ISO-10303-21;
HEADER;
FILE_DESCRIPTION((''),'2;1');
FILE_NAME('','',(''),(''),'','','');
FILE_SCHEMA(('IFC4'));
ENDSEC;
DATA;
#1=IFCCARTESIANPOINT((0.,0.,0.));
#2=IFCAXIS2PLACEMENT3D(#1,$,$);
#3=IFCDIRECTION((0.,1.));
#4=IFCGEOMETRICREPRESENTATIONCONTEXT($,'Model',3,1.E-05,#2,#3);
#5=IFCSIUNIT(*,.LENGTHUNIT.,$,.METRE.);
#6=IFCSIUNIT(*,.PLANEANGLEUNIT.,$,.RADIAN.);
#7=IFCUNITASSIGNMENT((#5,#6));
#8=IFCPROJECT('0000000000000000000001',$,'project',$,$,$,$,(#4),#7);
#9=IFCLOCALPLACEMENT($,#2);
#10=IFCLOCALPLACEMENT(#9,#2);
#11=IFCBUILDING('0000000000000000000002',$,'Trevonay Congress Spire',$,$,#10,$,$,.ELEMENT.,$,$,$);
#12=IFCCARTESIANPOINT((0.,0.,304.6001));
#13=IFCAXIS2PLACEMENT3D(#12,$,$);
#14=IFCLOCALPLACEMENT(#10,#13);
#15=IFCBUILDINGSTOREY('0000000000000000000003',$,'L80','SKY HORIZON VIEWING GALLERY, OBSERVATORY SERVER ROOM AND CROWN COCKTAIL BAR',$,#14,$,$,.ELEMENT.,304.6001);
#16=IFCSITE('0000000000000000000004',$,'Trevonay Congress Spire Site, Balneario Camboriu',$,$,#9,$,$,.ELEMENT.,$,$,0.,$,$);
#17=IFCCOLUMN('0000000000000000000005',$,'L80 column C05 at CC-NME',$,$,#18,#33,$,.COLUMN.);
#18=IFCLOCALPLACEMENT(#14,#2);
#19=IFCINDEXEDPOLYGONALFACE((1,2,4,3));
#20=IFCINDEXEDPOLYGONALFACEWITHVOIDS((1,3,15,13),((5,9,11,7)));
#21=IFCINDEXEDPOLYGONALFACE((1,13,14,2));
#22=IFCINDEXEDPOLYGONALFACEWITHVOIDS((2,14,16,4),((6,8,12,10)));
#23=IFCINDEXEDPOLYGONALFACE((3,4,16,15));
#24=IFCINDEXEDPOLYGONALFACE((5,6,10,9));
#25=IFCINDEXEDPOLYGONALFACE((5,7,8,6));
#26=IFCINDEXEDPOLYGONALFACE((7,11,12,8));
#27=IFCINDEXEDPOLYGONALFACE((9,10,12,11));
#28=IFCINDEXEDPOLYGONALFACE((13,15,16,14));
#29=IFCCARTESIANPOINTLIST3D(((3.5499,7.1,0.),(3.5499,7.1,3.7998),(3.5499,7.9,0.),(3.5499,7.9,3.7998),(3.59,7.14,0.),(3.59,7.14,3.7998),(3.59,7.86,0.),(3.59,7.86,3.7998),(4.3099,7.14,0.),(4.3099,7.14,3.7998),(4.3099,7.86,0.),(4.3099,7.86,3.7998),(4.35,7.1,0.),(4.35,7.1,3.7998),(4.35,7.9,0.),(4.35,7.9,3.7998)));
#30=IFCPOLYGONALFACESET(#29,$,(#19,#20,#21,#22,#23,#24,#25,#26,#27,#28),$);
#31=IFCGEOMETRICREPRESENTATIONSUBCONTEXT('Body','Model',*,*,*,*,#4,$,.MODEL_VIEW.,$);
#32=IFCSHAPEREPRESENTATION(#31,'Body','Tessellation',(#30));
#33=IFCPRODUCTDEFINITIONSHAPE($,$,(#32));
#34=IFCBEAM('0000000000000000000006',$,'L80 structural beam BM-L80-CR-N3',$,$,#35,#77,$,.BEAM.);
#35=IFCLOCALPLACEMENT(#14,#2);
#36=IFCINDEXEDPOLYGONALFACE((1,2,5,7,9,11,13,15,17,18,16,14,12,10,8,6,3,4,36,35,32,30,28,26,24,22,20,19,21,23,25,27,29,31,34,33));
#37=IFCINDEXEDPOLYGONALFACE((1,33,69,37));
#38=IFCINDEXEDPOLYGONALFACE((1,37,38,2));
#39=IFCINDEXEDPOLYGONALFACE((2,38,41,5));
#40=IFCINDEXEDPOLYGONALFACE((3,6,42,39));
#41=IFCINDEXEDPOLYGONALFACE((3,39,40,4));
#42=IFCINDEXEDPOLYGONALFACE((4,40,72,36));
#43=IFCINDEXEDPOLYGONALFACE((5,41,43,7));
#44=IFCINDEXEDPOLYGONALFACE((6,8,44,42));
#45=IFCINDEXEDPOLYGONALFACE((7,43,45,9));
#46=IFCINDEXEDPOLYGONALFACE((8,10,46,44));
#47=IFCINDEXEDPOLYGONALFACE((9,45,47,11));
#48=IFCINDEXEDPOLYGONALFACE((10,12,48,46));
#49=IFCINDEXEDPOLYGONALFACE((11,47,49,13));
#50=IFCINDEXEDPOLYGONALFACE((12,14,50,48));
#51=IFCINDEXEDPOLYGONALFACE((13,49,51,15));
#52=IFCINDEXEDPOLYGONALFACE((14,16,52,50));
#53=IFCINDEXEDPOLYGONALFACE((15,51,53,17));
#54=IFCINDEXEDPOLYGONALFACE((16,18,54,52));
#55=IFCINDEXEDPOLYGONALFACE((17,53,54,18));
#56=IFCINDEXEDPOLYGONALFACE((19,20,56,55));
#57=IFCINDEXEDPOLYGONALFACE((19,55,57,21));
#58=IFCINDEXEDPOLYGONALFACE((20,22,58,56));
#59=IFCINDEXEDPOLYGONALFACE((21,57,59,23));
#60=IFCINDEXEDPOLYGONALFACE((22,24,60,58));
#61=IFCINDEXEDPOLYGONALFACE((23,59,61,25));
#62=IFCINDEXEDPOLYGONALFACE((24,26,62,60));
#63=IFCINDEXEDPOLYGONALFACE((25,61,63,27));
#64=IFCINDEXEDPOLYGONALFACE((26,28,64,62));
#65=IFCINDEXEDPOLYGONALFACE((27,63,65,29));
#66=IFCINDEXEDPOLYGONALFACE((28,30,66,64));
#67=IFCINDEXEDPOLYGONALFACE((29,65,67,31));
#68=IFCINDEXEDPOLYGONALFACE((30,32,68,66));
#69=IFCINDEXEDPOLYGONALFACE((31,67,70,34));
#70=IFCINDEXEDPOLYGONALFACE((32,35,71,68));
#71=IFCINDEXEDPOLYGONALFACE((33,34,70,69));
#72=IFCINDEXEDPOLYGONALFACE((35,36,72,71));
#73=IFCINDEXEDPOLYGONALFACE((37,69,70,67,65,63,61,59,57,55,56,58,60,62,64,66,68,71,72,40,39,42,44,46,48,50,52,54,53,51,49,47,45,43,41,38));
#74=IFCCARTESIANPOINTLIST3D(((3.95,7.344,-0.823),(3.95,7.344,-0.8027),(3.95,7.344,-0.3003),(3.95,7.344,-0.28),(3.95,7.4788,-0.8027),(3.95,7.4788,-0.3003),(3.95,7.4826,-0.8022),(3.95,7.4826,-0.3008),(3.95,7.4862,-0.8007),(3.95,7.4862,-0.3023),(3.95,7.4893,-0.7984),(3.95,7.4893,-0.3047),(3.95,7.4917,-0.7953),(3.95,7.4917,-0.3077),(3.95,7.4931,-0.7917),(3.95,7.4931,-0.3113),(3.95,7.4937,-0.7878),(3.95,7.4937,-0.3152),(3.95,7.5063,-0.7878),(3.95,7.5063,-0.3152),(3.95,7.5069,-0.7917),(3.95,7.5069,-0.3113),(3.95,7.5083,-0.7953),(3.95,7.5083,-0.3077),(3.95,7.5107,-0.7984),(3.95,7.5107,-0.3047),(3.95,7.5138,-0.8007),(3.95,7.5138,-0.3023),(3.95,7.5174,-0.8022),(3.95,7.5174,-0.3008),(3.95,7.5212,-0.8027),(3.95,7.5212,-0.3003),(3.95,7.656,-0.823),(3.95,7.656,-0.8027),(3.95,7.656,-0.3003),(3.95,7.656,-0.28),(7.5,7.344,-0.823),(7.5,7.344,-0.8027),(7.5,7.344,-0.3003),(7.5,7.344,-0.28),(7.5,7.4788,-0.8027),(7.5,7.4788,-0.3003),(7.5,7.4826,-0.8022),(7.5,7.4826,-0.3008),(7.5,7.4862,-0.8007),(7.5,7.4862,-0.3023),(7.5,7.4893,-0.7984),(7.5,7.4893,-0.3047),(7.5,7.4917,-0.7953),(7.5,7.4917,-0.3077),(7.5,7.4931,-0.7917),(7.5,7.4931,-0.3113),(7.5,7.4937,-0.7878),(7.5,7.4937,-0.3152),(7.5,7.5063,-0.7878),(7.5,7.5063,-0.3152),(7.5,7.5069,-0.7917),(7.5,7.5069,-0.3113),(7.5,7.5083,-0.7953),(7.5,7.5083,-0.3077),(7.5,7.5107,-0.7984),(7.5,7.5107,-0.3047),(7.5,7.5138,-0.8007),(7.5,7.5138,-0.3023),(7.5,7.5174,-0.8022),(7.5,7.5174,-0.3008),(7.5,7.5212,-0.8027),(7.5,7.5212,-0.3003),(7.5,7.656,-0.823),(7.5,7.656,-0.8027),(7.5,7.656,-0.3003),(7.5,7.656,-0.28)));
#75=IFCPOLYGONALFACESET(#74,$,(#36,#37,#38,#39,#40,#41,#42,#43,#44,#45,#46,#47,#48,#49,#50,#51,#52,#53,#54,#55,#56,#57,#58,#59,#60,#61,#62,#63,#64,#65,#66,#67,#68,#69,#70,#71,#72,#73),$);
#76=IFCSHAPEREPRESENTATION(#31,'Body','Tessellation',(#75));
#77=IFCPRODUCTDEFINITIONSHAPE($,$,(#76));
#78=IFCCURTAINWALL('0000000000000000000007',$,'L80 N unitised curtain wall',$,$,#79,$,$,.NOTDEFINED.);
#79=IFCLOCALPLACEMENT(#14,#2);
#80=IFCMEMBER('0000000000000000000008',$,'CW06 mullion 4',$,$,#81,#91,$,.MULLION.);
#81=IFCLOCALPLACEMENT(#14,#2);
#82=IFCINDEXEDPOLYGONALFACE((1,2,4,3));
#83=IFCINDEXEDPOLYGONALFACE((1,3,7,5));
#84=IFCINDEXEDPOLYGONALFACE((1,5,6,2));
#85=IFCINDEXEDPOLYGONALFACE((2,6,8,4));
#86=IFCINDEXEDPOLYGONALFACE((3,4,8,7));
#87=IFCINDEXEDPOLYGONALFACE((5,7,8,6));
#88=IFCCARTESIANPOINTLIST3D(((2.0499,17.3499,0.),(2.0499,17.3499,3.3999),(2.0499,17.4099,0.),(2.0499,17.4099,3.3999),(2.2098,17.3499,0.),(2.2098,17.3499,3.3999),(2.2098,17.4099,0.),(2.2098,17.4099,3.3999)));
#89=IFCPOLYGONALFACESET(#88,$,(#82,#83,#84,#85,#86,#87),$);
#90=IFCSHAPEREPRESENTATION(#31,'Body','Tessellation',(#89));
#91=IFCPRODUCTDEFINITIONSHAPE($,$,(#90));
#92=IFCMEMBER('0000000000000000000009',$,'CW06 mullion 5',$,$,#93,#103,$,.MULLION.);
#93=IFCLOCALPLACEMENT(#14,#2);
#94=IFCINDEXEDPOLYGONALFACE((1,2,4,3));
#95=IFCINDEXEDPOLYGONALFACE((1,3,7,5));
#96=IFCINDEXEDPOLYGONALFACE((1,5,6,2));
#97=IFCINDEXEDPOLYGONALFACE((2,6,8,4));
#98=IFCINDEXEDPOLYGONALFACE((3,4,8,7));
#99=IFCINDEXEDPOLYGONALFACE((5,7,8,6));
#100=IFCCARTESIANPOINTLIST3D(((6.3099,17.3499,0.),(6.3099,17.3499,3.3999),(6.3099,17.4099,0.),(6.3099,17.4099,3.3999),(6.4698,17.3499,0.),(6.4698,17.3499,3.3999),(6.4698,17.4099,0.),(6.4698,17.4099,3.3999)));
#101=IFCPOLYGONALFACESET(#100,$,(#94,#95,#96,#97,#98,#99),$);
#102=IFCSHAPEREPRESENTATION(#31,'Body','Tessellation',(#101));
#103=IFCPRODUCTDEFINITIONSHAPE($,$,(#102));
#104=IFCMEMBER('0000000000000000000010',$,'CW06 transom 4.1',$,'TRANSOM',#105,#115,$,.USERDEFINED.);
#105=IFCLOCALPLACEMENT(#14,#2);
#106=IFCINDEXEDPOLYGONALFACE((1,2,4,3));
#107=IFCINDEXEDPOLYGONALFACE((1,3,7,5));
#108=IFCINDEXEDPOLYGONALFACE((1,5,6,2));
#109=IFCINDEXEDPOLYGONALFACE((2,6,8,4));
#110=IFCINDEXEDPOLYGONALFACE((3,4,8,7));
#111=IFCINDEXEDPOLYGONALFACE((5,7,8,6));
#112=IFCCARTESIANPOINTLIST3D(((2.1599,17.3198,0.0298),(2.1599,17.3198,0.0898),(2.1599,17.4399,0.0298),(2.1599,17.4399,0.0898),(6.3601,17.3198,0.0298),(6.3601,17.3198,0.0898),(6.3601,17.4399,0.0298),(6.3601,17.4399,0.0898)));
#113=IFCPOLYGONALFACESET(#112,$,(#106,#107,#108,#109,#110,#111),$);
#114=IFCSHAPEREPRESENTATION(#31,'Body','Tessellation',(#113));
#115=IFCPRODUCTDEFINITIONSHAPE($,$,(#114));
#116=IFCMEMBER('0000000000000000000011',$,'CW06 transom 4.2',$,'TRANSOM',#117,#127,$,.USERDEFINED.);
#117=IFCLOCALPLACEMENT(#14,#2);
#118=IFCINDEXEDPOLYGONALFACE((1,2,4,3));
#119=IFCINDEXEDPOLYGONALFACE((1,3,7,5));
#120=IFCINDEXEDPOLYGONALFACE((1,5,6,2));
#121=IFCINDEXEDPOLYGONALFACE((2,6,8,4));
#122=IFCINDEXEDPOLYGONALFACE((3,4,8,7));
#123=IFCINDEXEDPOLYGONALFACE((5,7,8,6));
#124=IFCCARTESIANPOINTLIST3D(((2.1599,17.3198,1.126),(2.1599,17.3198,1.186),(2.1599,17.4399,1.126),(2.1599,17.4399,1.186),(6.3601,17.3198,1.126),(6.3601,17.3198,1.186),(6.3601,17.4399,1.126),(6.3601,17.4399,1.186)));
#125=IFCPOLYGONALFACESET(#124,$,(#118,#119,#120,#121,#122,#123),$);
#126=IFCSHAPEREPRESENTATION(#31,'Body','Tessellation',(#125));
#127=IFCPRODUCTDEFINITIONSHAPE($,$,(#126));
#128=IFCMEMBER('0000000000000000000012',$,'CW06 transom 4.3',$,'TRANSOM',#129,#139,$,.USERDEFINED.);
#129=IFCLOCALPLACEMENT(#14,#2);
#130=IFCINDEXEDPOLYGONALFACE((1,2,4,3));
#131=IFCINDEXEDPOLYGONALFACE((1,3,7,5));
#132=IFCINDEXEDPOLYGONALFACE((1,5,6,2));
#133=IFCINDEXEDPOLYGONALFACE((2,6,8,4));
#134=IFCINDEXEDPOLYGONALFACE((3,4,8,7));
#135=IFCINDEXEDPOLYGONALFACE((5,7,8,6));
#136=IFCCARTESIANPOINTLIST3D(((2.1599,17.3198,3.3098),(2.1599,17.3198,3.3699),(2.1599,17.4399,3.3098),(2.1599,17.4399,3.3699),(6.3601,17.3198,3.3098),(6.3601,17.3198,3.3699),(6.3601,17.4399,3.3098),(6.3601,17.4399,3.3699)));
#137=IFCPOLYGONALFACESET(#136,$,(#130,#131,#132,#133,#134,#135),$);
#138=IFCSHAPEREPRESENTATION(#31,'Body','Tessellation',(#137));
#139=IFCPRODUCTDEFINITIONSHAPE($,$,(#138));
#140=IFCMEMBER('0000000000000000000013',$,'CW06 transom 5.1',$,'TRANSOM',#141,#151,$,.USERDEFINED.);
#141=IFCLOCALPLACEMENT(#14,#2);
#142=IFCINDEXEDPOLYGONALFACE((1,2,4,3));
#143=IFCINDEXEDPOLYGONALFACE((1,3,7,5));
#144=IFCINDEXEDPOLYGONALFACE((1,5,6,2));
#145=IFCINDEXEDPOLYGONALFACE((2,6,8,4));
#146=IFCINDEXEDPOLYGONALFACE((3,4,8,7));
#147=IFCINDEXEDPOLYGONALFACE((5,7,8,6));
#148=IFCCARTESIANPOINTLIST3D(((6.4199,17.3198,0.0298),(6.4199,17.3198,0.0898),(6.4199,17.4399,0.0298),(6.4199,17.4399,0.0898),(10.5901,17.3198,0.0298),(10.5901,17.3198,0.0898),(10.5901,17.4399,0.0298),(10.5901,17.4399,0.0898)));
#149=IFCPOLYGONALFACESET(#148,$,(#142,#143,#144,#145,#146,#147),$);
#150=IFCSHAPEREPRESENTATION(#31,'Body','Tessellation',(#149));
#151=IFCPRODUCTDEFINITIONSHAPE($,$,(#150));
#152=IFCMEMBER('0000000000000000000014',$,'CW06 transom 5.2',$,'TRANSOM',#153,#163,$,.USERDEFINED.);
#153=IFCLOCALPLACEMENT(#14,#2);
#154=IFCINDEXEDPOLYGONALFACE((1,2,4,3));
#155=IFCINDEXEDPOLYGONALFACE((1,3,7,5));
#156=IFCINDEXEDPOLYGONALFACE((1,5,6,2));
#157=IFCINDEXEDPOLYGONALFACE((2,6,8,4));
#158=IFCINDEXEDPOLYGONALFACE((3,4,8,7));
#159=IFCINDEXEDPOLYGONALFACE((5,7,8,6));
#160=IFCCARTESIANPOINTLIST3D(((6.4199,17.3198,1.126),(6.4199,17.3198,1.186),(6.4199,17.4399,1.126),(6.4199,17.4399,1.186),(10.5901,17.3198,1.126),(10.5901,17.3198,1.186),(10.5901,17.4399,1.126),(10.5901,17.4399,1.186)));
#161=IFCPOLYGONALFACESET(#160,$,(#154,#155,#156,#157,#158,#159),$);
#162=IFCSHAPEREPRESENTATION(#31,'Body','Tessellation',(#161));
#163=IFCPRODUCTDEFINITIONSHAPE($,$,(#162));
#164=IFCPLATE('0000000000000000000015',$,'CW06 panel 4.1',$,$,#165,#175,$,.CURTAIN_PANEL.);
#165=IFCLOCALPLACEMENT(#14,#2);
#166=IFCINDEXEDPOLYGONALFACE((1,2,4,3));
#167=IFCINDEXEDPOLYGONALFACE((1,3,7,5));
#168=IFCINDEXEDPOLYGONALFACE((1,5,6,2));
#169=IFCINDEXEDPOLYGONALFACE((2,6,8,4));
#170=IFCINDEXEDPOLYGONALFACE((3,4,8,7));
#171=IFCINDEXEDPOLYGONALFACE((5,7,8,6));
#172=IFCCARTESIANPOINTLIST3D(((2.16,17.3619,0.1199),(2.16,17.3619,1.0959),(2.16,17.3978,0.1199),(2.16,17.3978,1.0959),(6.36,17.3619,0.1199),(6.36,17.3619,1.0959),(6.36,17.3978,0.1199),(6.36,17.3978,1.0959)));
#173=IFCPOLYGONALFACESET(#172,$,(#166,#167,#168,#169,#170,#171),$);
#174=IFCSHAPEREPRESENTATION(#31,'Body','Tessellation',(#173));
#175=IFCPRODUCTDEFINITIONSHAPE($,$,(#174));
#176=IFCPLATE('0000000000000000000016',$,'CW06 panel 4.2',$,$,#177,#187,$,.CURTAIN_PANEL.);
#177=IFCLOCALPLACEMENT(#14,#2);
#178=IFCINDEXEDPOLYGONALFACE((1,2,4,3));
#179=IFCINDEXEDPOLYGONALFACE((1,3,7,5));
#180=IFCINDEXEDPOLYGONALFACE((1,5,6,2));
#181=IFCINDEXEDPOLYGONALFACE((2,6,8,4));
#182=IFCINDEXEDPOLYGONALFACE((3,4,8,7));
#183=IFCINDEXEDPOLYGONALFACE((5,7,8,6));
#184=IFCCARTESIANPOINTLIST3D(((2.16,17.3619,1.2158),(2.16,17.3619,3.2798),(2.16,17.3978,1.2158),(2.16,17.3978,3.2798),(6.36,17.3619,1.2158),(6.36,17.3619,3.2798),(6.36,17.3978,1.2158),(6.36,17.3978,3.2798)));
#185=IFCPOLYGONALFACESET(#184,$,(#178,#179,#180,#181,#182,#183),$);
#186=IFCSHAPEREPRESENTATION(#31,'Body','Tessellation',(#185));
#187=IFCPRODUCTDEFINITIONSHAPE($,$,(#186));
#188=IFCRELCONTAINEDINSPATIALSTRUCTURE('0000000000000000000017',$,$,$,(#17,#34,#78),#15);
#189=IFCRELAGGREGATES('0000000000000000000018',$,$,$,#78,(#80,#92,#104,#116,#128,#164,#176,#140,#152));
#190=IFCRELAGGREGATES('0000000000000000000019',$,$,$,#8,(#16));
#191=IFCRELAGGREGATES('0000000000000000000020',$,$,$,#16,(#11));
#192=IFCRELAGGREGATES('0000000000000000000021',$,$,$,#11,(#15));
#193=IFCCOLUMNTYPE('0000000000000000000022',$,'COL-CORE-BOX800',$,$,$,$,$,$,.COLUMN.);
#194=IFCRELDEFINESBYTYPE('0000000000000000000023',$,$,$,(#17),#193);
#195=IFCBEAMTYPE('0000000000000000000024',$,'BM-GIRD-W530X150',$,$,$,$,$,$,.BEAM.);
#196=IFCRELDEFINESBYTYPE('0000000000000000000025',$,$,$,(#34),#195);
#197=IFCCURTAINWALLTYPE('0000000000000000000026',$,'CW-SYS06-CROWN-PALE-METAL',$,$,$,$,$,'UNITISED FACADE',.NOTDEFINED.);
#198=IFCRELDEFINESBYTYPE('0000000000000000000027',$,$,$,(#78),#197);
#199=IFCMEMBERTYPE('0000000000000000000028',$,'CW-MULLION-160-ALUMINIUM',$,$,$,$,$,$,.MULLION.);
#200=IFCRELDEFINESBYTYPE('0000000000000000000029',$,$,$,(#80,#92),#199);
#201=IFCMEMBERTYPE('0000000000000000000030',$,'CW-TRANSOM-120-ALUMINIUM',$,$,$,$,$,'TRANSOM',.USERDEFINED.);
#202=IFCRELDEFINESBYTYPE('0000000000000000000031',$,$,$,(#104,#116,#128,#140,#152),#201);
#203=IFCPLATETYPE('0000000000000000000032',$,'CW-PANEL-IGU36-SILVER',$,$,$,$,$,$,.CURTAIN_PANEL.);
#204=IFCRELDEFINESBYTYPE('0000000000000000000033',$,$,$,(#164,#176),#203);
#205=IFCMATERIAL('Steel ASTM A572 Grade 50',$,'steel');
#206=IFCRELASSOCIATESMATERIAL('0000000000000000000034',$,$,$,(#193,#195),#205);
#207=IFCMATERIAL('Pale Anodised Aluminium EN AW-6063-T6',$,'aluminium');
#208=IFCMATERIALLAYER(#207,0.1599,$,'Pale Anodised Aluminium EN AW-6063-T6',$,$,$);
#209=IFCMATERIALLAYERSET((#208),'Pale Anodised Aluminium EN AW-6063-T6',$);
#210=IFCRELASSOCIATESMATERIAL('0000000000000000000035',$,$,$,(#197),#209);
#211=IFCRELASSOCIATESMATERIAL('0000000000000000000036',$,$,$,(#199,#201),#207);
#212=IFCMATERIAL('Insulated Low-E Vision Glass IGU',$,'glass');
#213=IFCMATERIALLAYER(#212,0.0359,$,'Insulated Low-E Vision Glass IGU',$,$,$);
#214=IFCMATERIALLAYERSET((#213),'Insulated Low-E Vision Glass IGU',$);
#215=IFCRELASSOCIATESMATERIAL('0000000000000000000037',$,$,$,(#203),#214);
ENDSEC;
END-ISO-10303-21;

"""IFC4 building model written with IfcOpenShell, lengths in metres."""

from ifc_helpers import new_model, si_unit, direction, frame, origin, origin_2d, place, context, subcontext, project, spatial, rectangle, hollow_rectangle, i_section, extrude, material, layer, layer_set, material_profile, profile_set, type_object, element, aggregate, save


model = new_model("IFC4")

# Units and contexts
model_context = context("Model", 3, precision=1e-05, world=origin(), true_north=direction((0.0, 1.0)))
body_context = subcontext(model_context, "Body", "Model", "MODEL_VIEW")
ifc_project = project(units=[si_unit("LENGTHUNIT", "METRE"), si_unit("PLANEANGLEUNIT", "RADIAN")], contexts=[model_context])

# Site, building, storey
site_placement = place(None, origin())
site = spatial("IfcSite", under=ifc_project, at=site_placement, Name="Trevonay Congress Spire Site, Balneario Camboriu", CompositionType="ELEMENT", RefElevation=0.0)
building_placement = place(site_placement, origin())
building = spatial("IfcBuilding", under=site, at=building_placement, Name="Trevonay Congress Spire", CompositionType="ELEMENT")
storey_placement = place(building_placement, frame((0.0, 0.0, 304.6001)))
storey = spatial("IfcBuildingStorey", under=building, at=storey_placement, Name="L80", Description="SKY HORIZON VIEWING GALLERY, OBSERVATORY SERVER ROOM AND CROWN COCKTAIL BAR", CompositionType="ELEMENT", Elevation=304.6001)

# Column
ifc_material_1 = material(Name="Steel ASTM A572 Grade 50", Category="steel")
ifc_material_profile_1 = material_profile(ifc_material_1, hollow_rectangle(XDim=0.8, YDim=0.8, WallThickness=0.04, at=origin_2d()), Name="BOX 800x800x40")
ifc_profile_set_1 = profile_set([ifc_material_profile_1], Name="Steel ASTM A572 Grade 50")
column_type = type_object("IfcColumnType", Name="COL-CORE-BOX800", PredefinedType="COLUMN", material=ifc_profile_set_1)
column_placement = place(storey_placement, frame((3.95, 7.5, 0.0), z_axis=(0.0, 0.0, 1.0), x_axis=(1.0, 0.0, 0.0)))
element("IfcColumn", 1, at=column_placement, inside=storey, type_object=column_type, Name="L80 column C05 at CC-NME", PredefinedType="COLUMN", context=body_context, shape_type="SweptSolid", body=[
    extrude(hollow_rectangle(XDim=0.8, YDim=0.8, WallThickness=0.04, at=origin_2d()), origin(), (0.0, 0.0, 1.0), 3.7998),
])

# Beam
ifc_material_profile_2 = material_profile(ifc_material_1, i_section(OverallWidth=0.312, OverallDepth=0.543, WebThickness=0.0127, FlangeThickness=0.0203, FilletRadius=0.0149, at=origin_2d()), Name="W530x150")
ifc_profile_set_2 = profile_set([ifc_material_profile_2], Name="Steel ASTM A572 Grade 50")
beam_type = type_object("IfcBeamType", Name="BM-GIRD-W530X150", PredefinedType="BEAM", material=ifc_profile_set_2)
beam_placement = place(storey_placement, frame((3.95, 7.5, -0.5515), z_axis=(1.0, 0.0, 0.0), x_axis=(0.0, 1.0, 0.0)))
element("IfcBeam", 2, at=beam_placement, inside=storey, type_object=beam_type, Name="L80 structural beam BM-L80-CR-N3", PredefinedType="BEAM", context=body_context, shape_type="SweptSolid", body=[
    extrude(i_section(OverallWidth=0.312, OverallDepth=0.543, WebThickness=0.0127, FlangeThickness=0.0203, FilletRadius=0.0149, at=origin_2d()), origin(), (0.0, 0.0, 1.0), 3.55),
])

# Curtain wall, members, plates
ifc_material_2 = material(Name="Pale Anodised Aluminium EN AW-6063-T6", Category="aluminium")
ifc_layer_1 = layer(ifc_material_2, 0.1599, Name="Pale Anodised Aluminium EN AW-6063-T6")
ifc_layer_set_1 = layer_set([ifc_layer_1], Name="Pale Anodised Aluminium EN AW-6063-T6")
curtain_wall_type = type_object("IfcCurtainWallType", Name="CW-SYS06-CROWN-PALE-METAL", ElementType="UNITISED FACADE", PredefinedType="NOTDEFINED", material=ifc_layer_set_1)
curtain_wall_placement = place(storey_placement, origin())
curtain_wall = element("IfcCurtainWall", 3, at=curtain_wall_placement, inside=storey, type_object=curtain_wall_type, Name="L80 N unitised curtain wall", PredefinedType="NOTDEFINED")
ifc_material_profile_3 = material_profile(ifc_material_2, rectangle(XDim=0.0601, YDim=0.1599, at=origin_2d()), Name="CW-MULLION-160-ALUMINIUM")
ifc_profile_set_3 = profile_set([ifc_material_profile_3], Name="Pale Anodised Aluminium EN AW-6063-T6")
member_type_1 = type_object("IfcMemberType", Name="CW-MULLION-160-ALUMINIUM", PredefinedType="MULLION", material=ifc_profile_set_3)
member_1_placement = place(storey_placement, frame((2.1299, 17.3799, 0.0), z_axis=(0.0, 0.0, 1.0), x_axis=(0.0, 1.0, 0.0)))
member_1 = element("IfcMember", 4, at=member_1_placement, type_object=member_type_1, Name="CW06 mullion 4", PredefinedType="MULLION", context=body_context, shape_type="SweptSolid", body=[
    extrude(rectangle(XDim=0.0601, YDim=0.1599, at=origin_2d()), origin(), (0.0, 0.0, 1.0), 3.3999),
])
member_2_placement = place(storey_placement, frame((6.3899, 17.3799, 0.0), z_axis=(0.0, 0.0, 1.0), x_axis=(0.0, 1.0, 0.0)))
member_2 = element("IfcMember", 5, at=member_2_placement, type_object=member_type_1, Name="CW06 mullion 5", PredefinedType="MULLION", context=body_context, shape_type="SweptSolid", body=[
    extrude(rectangle(XDim=0.0601, YDim=0.1599, at=origin_2d()), origin(), (0.0, 0.0, 1.0), 3.3999),
])
ifc_material_profile_4 = material_profile(ifc_material_2, rectangle(XDim=0.1201, YDim=0.0601, at=origin_2d()), Name="CW-TRANSOM-120-ALUMINIUM")
ifc_profile_set_4 = profile_set([ifc_material_profile_4], Name="Pale Anodised Aluminium EN AW-6063-T6")
member_type_2 = type_object("IfcMemberType", Name="CW-TRANSOM-120-ALUMINIUM", ElementType="TRANSOM", PredefinedType="USERDEFINED", material=ifc_profile_set_4)
member_3_placement = place(storey_placement, frame((2.1599, 17.3799, 0.0598), z_axis=(1.0, 0.0, 0.0), x_axis=(0.0, 1.0, 0.0)))
member_3 = element("IfcMember", 6, at=member_3_placement, type_object=member_type_2, Name="CW06 transom 4.1", ObjectType="TRANSOM", PredefinedType="USERDEFINED", context=body_context, shape_type="SweptSolid", body=[
    extrude(rectangle(XDim=0.1201, YDim=0.0601, at=origin_2d()), origin(), (0.0, 0.0, 1.0), 4.2002),
])
member_4_placement = place(storey_placement, frame((2.1599, 17.3799, 1.156), z_axis=(1.0, 0.0, 0.0), x_axis=(0.0, 1.0, 0.0)))
member_4 = element("IfcMember", 7, at=member_4_placement, type_object=member_type_2, Name="CW06 transom 4.2", ObjectType="TRANSOM", PredefinedType="USERDEFINED", context=body_context, shape_type="SweptSolid", body=[
    extrude(rectangle(XDim=0.1201, YDim=0.0601, at=origin_2d()), origin(), (0.0, 0.0, 1.0), 4.2002),
])
member_5_placement = place(storey_placement, frame((2.1599, 17.3799, 3.3398), z_axis=(1.0, 0.0, 0.0), x_axis=(0.0, 1.0, 0.0)))
member_5 = element("IfcMember", 8, at=member_5_placement, type_object=member_type_2, Name="CW06 transom 4.3", ObjectType="TRANSOM", PredefinedType="USERDEFINED", context=body_context, shape_type="SweptSolid", body=[
    extrude(rectangle(XDim=0.1201, YDim=0.0601, at=origin_2d()), origin(), (0.0, 0.0, 1.0), 4.2002),
])
member_6_placement = place(storey_placement, frame((6.4199, 17.3799, 0.0598), z_axis=(1.0, 0.0, 0.0), x_axis=(0.0, 1.0, 0.0)))
member_6 = element("IfcMember", 9, at=member_6_placement, type_object=member_type_2, Name="CW06 transom 5.1", ObjectType="TRANSOM", PredefinedType="USERDEFINED", context=body_context, shape_type="SweptSolid", body=[
    extrude(rectangle(XDim=0.1201, YDim=0.0601, at=origin_2d()), origin(), (0.0, 0.0, 1.0), 4.1702),
])
member_7_placement = place(storey_placement, frame((6.4199, 17.3799, 1.156), z_axis=(1.0, 0.0, 0.0), x_axis=(0.0, 1.0, 0.0)))
member_7 = element("IfcMember", 10, at=member_7_placement, type_object=member_type_2, Name="CW06 transom 5.2", ObjectType="TRANSOM", PredefinedType="USERDEFINED", context=body_context, shape_type="SweptSolid", body=[
    extrude(rectangle(XDim=0.1201, YDim=0.0601, at=origin_2d()), origin(), (0.0, 0.0, 1.0), 4.1702),
])
ifc_material_3 = material(Name="Insulated Low-E Vision Glass IGU", Category="glass")
ifc_layer_2 = layer(ifc_material_3, 0.0359, Name="Insulated Low-E Vision Glass IGU")
ifc_layer_set_2 = layer_set([ifc_layer_2], Name="Insulated Low-E Vision Glass IGU")
plate_type = type_object("IfcPlateType", Name="CW-PANEL-IGU36-SILVER", PredefinedType="CURTAIN_PANEL", material=ifc_layer_set_2)
plate_1_placement = place(storey_placement, frame((4.26, 17.3799, 0.1199), z_axis=(0.0, 0.0, 1.0), x_axis=(1.0, 0.0, 0.0)))
plate_1 = element("IfcPlate", 11, at=plate_1_placement, type_object=plate_type, Name="CW06 panel 4.1", PredefinedType="CURTAIN_PANEL", context=body_context, shape_type="SweptSolid", body=[
    extrude(rectangle(XDim=4.2, YDim=0.0359, at=origin_2d()), origin(), (0.0, 0.0, 1.0), 0.9761),
])
plate_2_placement = place(storey_placement, frame((4.26, 17.3799, 1.2158), z_axis=(0.0, 0.0, 1.0), x_axis=(1.0, 0.0, 0.0)))
plate_2 = element("IfcPlate", 12, at=plate_2_placement, type_object=plate_type, Name="CW06 panel 4.2", PredefinedType="CURTAIN_PANEL", context=body_context, shape_type="SweptSolid", body=[
    extrude(rectangle(XDim=4.2, YDim=0.0359, at=origin_2d()), origin(), (0.0, 0.0, 1.0), 2.064),
])
aggregate(curtain_wall, [member_1, member_2, member_3, member_4, member_5, plate_1, plate_2, member_6, member_7])

save(model, "model.ifc")
